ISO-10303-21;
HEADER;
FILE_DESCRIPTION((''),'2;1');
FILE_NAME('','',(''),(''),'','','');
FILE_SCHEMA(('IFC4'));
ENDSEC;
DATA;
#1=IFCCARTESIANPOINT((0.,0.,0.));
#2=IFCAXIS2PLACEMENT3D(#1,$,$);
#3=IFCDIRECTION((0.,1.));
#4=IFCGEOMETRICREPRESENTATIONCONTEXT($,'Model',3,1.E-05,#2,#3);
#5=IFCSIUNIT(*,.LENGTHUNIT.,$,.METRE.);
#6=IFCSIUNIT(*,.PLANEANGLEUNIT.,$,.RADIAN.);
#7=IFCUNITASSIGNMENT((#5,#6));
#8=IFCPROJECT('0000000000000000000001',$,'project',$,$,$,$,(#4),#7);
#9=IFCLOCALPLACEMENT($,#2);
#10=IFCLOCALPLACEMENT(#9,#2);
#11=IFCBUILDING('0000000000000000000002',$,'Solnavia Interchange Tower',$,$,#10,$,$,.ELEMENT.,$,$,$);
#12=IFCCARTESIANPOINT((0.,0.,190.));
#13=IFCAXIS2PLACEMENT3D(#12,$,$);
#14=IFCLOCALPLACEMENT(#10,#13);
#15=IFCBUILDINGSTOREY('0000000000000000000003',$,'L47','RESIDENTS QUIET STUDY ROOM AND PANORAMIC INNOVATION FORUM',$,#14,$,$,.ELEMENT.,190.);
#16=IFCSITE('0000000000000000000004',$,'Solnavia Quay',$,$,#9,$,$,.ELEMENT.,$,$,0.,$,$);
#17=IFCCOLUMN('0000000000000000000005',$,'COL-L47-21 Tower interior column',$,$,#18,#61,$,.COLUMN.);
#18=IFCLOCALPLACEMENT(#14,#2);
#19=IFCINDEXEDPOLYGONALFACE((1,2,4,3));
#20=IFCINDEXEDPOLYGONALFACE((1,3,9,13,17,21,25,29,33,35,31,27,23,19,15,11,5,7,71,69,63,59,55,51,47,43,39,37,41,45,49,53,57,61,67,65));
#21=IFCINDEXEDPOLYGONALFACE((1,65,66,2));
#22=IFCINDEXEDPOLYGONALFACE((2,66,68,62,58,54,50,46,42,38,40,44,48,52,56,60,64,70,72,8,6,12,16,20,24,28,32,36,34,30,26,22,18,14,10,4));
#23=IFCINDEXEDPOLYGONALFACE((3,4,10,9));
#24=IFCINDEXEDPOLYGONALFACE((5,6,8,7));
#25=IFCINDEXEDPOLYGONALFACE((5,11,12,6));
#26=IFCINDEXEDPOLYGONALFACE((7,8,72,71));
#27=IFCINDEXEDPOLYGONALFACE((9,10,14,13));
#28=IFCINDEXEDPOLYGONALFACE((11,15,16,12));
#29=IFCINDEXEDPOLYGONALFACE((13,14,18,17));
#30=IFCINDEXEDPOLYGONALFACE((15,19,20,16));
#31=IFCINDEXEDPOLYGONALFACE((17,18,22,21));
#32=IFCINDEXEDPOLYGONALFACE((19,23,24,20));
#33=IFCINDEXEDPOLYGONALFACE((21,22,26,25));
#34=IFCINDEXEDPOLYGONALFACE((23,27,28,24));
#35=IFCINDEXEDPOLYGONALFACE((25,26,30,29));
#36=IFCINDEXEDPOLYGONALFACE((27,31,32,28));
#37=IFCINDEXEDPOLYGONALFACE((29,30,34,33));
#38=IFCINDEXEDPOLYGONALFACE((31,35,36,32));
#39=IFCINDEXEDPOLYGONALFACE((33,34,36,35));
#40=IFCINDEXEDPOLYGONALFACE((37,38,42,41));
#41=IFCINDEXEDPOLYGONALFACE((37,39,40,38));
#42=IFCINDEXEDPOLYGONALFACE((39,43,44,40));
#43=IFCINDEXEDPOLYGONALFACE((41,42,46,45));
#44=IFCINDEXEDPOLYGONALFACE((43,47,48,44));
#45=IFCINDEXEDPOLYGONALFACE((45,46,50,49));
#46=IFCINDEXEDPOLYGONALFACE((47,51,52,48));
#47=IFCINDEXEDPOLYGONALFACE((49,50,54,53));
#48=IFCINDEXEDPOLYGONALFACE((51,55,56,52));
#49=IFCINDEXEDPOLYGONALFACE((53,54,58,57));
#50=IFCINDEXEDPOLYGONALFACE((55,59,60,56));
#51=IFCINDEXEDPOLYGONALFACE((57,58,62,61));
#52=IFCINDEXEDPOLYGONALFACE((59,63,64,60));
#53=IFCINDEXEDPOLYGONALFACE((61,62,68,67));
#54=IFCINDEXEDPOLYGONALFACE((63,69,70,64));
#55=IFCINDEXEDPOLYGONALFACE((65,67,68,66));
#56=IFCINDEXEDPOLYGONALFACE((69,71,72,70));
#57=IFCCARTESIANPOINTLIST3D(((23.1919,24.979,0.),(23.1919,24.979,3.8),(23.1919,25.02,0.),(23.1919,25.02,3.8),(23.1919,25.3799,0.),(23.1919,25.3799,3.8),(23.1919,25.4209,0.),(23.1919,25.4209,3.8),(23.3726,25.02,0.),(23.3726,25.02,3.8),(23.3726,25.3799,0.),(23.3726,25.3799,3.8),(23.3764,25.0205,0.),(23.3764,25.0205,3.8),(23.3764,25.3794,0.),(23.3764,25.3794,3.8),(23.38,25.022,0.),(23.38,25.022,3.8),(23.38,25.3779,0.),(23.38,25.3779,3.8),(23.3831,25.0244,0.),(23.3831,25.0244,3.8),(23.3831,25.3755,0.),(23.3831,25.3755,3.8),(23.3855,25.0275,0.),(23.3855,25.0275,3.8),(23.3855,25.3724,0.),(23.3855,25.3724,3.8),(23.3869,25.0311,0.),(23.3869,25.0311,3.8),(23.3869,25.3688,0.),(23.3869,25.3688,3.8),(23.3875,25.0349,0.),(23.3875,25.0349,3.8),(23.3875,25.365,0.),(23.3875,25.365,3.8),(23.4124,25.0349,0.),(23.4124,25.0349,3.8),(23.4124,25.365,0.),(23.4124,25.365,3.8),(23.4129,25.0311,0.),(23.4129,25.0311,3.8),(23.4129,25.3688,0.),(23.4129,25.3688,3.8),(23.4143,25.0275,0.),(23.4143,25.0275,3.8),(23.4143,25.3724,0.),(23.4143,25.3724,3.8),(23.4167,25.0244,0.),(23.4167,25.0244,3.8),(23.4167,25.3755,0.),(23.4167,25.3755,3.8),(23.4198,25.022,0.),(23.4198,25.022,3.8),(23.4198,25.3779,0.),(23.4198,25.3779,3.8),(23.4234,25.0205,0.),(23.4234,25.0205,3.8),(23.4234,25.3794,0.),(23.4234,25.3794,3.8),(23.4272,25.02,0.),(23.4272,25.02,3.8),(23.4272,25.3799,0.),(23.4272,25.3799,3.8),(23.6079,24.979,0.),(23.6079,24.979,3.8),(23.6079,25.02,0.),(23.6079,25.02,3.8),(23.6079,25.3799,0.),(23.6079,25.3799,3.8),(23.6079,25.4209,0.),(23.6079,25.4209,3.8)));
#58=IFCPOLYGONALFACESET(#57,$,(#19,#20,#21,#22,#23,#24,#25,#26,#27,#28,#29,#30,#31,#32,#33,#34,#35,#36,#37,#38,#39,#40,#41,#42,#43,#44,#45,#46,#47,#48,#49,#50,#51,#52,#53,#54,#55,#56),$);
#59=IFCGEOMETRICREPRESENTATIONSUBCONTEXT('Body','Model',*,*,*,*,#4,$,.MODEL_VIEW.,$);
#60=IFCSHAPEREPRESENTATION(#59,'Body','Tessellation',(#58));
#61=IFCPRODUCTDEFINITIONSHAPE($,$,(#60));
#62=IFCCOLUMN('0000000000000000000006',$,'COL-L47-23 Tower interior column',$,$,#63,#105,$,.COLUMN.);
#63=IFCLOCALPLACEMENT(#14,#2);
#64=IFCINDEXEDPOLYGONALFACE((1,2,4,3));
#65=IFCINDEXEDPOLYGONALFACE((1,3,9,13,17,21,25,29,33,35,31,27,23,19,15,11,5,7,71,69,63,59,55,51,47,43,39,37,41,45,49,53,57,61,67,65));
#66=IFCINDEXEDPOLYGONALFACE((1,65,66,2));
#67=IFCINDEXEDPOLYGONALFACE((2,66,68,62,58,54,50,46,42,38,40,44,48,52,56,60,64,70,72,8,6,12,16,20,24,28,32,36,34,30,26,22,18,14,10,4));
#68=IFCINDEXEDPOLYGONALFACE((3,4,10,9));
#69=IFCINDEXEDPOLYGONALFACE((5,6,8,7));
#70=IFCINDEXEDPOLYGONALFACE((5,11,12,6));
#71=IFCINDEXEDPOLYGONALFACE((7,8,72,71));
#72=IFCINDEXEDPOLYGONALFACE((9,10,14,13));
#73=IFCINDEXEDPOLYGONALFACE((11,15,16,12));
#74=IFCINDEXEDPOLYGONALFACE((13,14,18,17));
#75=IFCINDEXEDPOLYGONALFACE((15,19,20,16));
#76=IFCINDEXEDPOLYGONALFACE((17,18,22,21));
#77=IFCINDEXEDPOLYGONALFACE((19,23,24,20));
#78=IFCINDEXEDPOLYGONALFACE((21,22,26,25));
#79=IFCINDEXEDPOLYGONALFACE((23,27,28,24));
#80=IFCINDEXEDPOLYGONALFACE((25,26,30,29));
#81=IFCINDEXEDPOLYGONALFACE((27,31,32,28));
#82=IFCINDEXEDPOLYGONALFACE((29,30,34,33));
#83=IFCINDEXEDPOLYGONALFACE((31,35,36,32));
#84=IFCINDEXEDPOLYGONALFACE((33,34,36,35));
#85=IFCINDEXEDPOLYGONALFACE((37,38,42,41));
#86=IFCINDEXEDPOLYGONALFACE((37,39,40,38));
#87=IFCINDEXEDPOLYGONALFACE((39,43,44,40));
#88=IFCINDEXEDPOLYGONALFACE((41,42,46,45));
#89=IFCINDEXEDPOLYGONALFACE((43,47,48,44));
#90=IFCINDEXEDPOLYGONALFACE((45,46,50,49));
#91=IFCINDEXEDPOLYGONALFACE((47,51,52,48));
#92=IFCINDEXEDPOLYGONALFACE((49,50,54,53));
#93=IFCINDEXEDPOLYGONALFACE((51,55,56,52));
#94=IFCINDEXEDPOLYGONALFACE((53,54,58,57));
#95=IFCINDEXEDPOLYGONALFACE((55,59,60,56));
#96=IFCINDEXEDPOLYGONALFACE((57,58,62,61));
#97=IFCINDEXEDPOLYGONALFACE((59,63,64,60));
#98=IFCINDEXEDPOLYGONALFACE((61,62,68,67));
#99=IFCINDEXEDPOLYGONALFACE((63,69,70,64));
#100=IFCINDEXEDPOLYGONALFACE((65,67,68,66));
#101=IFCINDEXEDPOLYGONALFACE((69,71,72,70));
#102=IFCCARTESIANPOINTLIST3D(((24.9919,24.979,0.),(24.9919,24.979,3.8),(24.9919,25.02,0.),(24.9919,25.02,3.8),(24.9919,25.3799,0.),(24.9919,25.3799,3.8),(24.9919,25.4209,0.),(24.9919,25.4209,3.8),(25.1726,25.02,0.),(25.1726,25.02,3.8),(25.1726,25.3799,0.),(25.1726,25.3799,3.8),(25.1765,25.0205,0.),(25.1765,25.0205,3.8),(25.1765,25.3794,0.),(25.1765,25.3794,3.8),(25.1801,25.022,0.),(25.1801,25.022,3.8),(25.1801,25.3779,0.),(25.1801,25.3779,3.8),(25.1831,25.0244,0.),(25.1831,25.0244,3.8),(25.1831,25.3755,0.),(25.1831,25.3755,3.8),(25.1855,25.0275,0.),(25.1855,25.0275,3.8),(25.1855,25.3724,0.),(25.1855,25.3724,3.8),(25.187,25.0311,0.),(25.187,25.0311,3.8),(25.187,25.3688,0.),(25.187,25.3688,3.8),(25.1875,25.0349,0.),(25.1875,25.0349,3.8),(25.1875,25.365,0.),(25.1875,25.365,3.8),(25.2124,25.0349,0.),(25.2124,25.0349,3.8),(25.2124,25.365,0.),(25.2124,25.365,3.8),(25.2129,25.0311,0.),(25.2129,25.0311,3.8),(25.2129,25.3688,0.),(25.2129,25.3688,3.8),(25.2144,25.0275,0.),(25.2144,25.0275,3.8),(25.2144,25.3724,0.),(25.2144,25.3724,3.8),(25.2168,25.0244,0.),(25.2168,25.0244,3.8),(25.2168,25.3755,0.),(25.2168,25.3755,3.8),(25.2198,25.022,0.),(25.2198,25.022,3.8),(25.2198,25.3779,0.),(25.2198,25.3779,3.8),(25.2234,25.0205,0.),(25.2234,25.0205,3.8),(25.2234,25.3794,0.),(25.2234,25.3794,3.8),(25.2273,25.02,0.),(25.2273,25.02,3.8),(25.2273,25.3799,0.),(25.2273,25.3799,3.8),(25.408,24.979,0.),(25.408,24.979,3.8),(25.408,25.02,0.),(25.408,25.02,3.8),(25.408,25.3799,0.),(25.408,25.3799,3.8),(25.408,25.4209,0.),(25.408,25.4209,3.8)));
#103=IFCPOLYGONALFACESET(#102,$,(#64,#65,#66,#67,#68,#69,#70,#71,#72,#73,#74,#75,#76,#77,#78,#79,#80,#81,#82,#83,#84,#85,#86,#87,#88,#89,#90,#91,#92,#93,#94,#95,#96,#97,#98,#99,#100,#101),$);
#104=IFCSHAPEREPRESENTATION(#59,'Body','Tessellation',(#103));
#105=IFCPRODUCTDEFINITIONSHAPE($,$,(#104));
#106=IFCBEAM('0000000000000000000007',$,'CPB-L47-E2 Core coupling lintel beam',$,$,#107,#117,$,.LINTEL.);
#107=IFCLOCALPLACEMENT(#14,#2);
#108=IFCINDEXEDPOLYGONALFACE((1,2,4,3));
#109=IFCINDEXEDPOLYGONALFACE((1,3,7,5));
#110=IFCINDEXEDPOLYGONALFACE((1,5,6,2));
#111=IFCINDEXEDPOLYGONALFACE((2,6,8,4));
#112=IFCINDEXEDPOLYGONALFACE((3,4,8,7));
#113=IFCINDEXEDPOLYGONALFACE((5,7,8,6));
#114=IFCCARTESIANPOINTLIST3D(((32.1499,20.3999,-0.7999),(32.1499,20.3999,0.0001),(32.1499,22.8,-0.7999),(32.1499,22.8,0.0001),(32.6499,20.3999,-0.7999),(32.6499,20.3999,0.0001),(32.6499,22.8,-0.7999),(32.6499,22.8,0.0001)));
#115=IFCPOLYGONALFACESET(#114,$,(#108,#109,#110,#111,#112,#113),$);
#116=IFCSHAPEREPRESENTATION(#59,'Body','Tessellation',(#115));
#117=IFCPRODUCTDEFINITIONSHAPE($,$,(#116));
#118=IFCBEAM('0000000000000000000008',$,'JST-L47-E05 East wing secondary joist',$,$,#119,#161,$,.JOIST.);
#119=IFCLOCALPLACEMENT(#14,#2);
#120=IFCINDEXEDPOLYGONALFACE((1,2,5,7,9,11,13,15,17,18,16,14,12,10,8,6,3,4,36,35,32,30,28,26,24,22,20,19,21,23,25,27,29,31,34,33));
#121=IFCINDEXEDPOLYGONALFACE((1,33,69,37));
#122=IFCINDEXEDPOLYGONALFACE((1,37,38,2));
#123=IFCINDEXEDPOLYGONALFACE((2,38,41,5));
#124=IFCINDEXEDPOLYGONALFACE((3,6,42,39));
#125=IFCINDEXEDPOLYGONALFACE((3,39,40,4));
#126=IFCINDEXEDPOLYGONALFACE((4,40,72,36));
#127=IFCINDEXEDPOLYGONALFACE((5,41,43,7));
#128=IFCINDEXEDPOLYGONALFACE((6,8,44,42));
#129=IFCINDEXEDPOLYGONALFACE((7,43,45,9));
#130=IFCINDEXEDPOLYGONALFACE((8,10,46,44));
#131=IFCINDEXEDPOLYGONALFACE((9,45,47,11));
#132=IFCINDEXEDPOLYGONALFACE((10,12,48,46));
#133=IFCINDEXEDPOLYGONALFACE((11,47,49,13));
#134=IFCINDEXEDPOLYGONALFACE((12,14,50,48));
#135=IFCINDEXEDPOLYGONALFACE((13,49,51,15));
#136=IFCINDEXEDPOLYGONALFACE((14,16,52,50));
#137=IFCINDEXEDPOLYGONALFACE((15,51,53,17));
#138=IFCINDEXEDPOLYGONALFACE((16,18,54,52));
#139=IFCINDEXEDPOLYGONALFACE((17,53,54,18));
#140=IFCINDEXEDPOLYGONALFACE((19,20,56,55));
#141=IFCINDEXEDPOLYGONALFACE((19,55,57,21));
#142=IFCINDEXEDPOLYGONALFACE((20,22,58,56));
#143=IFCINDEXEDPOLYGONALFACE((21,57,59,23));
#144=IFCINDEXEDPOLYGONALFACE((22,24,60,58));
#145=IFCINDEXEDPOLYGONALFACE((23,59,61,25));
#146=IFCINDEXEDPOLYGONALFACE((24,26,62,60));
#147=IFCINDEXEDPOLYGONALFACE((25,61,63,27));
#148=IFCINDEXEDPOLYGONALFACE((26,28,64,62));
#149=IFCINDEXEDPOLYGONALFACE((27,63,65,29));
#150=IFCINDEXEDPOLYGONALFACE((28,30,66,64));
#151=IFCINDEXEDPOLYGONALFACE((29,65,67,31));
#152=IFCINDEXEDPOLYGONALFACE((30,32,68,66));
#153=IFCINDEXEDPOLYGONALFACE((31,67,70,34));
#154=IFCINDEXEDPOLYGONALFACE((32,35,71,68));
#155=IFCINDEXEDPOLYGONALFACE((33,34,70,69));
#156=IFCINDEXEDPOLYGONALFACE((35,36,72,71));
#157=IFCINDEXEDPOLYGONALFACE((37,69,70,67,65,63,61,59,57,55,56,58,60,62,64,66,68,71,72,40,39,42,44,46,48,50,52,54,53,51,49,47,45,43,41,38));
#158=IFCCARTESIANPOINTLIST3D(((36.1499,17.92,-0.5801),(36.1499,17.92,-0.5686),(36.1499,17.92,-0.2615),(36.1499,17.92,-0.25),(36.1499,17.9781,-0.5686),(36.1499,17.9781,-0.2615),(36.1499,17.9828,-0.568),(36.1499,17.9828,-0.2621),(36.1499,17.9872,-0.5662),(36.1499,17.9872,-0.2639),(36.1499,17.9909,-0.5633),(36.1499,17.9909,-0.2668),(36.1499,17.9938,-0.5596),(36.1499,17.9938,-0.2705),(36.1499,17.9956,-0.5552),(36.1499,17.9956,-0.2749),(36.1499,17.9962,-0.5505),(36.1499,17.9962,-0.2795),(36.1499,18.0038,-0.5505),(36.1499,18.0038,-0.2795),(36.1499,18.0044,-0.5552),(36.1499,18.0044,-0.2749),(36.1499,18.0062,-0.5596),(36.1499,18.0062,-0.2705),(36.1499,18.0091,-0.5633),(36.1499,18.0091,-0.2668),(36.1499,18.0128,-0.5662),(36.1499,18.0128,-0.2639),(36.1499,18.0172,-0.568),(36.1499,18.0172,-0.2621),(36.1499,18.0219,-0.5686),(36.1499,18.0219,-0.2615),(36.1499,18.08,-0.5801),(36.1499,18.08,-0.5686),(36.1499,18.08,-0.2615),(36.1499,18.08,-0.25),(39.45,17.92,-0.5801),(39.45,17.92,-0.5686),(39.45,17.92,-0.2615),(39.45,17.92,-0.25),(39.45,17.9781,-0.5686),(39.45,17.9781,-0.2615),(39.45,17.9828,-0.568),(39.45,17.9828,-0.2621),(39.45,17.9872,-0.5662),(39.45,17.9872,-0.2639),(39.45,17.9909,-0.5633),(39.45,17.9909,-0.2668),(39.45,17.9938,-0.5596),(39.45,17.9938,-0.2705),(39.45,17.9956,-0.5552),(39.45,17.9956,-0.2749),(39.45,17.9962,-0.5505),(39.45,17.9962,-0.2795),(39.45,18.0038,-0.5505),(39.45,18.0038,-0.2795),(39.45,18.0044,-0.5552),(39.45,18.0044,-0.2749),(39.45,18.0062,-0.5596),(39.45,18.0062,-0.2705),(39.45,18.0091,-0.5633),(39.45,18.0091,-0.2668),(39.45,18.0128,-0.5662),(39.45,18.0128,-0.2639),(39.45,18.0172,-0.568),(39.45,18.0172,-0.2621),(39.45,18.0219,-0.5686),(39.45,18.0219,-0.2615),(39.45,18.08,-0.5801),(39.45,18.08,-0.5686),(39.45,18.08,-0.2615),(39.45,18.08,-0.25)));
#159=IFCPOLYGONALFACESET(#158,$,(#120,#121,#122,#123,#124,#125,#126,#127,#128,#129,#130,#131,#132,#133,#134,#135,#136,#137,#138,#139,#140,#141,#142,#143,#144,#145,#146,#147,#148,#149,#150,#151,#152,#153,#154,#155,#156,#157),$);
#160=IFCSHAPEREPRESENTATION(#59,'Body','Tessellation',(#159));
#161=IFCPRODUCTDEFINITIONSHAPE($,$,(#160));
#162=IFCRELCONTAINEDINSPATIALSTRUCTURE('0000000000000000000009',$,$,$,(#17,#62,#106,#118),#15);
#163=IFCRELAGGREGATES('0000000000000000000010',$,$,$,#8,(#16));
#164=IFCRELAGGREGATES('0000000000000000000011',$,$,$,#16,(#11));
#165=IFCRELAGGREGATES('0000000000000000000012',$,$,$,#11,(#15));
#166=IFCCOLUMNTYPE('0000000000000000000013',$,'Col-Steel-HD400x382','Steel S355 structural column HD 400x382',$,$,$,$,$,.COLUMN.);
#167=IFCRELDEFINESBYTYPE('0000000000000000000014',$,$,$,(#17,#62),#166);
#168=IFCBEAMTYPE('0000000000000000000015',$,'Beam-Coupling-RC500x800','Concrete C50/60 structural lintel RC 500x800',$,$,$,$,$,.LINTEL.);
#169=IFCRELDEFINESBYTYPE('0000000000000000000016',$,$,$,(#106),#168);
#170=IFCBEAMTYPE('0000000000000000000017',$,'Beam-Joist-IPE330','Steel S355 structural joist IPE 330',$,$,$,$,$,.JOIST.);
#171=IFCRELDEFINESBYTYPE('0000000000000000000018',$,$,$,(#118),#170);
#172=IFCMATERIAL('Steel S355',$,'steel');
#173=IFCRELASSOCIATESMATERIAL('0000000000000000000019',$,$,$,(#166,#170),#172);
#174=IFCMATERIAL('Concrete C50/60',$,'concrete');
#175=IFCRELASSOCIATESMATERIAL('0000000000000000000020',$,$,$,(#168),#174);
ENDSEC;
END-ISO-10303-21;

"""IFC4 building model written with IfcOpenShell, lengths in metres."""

from ifc_helpers import new_model, si_unit, direction, frame, origin, origin_2d, place, context, subcontext, project, spatial, rectangle, i_section, extrude, material, material_profile, profile_set, type_object, element, save


model = new_model("IFC4")

# Units and contexts
model_context = context("Model", 3, precision=1e-05, world=origin(), true_north=direction((0.0, 1.0)))
body_context = subcontext(model_context, "Body", "Model", "MODEL_VIEW")
ifc_project = project(units=[si_unit("LENGTHUNIT", "METRE"), si_unit("PLANEANGLEUNIT", "RADIAN")], contexts=[model_context])

# Site, building, storey
site_placement = place(None, origin())
site = spatial("IfcSite", under=ifc_project, at=site_placement, Name="Solnavia Quay", CompositionType="ELEMENT", RefElevation=0.0)
building_placement = place(site_placement, origin())
building = spatial("IfcBuilding", under=site, at=building_placement, Name="Solnavia Interchange Tower", CompositionType="ELEMENT")
storey_placement = place(building_placement, frame((0.0, 0.0, 190.0)))
storey = spatial("IfcBuildingStorey", under=building, at=storey_placement, Name="L47", Description="RESIDENTS QUIET STUDY ROOM AND PANORAMIC INNOVATION FORUM", CompositionType="ELEMENT", Elevation=190.0)

# Columns
ifc_material_1 = material(Name="Steel S355", Category="steel")
ifc_material_profile_1 = material_profile(ifc_material_1, i_section(OverallWidth=0.416, OverallDepth=0.4419, WebThickness=0.0249, FlangeThickness=0.041, FilletRadius=0.0149, at=origin_2d()), Name="HD 400x382")
ifc_profile_set_1 = profile_set([ifc_material_profile_1], Name="Steel S355")
column_type = type_object("IfcColumnType", Name="Col-Steel-HD400x382", Description="Steel S355 structural column HD 400x382", PredefinedType="COLUMN", material=ifc_profile_set_1)
for number, where, z_axis, x_axis, name in (
    (1, (23.3999, 25.2, 0.0), (0.0, 0.0, 1.0), (1.0, 0.0, 0.0), "COL-L47-21 Tower interior column"),
    (2, (25.2, 25.2, 0.0), (0.0, 0.0, 1.0), (1.0, 0.0, 0.0), "COL-L47-23 Tower interior column"),
):
    element("IfcColumn", number, at=place(storey_placement, frame(where, z_axis=z_axis, x_axis=x_axis)), inside=storey, type_object=column_type, Name=name, PredefinedType="COLUMN", context=body_context, shape_type="SweptSolid", body=[
        extrude(i_section(OverallWidth=0.416, OverallDepth=0.4419, WebThickness=0.0249, FlangeThickness=0.041, FilletRadius=0.0149, at=origin_2d()), origin(), (0.0, 0.0, 1.0), 3.8),
    ])

# Beams
ifc_material_2 = material(Name="Concrete C50/60", Category="concrete")
ifc_material_profile_2 = material_profile(ifc_material_2, rectangle(XDim=0.5, YDim=0.8, at=origin_2d()), Name="RC 500x800")
ifc_profile_set_2 = profile_set([ifc_material_profile_2], Name="Concrete C50/60")
beam_type_1 = type_object("IfcBeamType", Name="Beam-Coupling-RC500x800", Description="Concrete C50/60 structural lintel RC 500x800", PredefinedType="LINTEL", material=ifc_profile_set_2)
beam_1_placement = place(storey_placement, frame((32.3999, 20.3999, -0.3999), z_axis=(0.0, 1.0, 0.0), x_axis=(-1.0, 0.0, 0.0)))
element("IfcBeam", 3, at=beam_1_placement, inside=storey, type_object=beam_type_1, Name="CPB-L47-E2 Core coupling lintel beam", PredefinedType="LINTEL", context=body_context, shape_type="SweptSolid", body=[
    extrude(rectangle(XDim=0.5, YDim=0.8, at=origin_2d()), origin(), (0.0, 0.0, 1.0), 2.4001),
])
ifc_material_profile_3 = material_profile(ifc_material_1, i_section(OverallWidth=0.1599, OverallDepth=0.3301, WebThickness=0.0076, FlangeThickness=0.0115, FilletRadius=0.0181, at=origin_2d()), Name="IPE 330")
ifc_profile_set_3 = profile_set([ifc_material_profile_3], Name="Steel S355")
beam_type_2 = type_object("IfcBeamType", Name="Beam-Joist-IPE330", Description="Steel S355 structural joist IPE 330", PredefinedType="JOIST", material=ifc_profile_set_3)
beam_2_placement = place(storey_placement, frame((36.1499, 18.0, -0.415), z_axis=(1.0, 0.0, 0.0), x_axis=(0.0, 1.0, 0.0)))
element("IfcBeam", 4, at=beam_2_placement, inside=storey, type_object=beam_type_2, Name="JST-L47-E05 East wing secondary joist", PredefinedType="JOIST", context=body_context, shape_type="SweptSolid", body=[
    extrude(i_section(OverallWidth=0.1599, OverallDepth=0.3301, WebThickness=0.0076, FlangeThickness=0.0115, FilletRadius=0.0181, at=origin_2d()), origin(), (0.0, 0.0, 1.0), 3.3),
])

save(model, "model.ifc")
